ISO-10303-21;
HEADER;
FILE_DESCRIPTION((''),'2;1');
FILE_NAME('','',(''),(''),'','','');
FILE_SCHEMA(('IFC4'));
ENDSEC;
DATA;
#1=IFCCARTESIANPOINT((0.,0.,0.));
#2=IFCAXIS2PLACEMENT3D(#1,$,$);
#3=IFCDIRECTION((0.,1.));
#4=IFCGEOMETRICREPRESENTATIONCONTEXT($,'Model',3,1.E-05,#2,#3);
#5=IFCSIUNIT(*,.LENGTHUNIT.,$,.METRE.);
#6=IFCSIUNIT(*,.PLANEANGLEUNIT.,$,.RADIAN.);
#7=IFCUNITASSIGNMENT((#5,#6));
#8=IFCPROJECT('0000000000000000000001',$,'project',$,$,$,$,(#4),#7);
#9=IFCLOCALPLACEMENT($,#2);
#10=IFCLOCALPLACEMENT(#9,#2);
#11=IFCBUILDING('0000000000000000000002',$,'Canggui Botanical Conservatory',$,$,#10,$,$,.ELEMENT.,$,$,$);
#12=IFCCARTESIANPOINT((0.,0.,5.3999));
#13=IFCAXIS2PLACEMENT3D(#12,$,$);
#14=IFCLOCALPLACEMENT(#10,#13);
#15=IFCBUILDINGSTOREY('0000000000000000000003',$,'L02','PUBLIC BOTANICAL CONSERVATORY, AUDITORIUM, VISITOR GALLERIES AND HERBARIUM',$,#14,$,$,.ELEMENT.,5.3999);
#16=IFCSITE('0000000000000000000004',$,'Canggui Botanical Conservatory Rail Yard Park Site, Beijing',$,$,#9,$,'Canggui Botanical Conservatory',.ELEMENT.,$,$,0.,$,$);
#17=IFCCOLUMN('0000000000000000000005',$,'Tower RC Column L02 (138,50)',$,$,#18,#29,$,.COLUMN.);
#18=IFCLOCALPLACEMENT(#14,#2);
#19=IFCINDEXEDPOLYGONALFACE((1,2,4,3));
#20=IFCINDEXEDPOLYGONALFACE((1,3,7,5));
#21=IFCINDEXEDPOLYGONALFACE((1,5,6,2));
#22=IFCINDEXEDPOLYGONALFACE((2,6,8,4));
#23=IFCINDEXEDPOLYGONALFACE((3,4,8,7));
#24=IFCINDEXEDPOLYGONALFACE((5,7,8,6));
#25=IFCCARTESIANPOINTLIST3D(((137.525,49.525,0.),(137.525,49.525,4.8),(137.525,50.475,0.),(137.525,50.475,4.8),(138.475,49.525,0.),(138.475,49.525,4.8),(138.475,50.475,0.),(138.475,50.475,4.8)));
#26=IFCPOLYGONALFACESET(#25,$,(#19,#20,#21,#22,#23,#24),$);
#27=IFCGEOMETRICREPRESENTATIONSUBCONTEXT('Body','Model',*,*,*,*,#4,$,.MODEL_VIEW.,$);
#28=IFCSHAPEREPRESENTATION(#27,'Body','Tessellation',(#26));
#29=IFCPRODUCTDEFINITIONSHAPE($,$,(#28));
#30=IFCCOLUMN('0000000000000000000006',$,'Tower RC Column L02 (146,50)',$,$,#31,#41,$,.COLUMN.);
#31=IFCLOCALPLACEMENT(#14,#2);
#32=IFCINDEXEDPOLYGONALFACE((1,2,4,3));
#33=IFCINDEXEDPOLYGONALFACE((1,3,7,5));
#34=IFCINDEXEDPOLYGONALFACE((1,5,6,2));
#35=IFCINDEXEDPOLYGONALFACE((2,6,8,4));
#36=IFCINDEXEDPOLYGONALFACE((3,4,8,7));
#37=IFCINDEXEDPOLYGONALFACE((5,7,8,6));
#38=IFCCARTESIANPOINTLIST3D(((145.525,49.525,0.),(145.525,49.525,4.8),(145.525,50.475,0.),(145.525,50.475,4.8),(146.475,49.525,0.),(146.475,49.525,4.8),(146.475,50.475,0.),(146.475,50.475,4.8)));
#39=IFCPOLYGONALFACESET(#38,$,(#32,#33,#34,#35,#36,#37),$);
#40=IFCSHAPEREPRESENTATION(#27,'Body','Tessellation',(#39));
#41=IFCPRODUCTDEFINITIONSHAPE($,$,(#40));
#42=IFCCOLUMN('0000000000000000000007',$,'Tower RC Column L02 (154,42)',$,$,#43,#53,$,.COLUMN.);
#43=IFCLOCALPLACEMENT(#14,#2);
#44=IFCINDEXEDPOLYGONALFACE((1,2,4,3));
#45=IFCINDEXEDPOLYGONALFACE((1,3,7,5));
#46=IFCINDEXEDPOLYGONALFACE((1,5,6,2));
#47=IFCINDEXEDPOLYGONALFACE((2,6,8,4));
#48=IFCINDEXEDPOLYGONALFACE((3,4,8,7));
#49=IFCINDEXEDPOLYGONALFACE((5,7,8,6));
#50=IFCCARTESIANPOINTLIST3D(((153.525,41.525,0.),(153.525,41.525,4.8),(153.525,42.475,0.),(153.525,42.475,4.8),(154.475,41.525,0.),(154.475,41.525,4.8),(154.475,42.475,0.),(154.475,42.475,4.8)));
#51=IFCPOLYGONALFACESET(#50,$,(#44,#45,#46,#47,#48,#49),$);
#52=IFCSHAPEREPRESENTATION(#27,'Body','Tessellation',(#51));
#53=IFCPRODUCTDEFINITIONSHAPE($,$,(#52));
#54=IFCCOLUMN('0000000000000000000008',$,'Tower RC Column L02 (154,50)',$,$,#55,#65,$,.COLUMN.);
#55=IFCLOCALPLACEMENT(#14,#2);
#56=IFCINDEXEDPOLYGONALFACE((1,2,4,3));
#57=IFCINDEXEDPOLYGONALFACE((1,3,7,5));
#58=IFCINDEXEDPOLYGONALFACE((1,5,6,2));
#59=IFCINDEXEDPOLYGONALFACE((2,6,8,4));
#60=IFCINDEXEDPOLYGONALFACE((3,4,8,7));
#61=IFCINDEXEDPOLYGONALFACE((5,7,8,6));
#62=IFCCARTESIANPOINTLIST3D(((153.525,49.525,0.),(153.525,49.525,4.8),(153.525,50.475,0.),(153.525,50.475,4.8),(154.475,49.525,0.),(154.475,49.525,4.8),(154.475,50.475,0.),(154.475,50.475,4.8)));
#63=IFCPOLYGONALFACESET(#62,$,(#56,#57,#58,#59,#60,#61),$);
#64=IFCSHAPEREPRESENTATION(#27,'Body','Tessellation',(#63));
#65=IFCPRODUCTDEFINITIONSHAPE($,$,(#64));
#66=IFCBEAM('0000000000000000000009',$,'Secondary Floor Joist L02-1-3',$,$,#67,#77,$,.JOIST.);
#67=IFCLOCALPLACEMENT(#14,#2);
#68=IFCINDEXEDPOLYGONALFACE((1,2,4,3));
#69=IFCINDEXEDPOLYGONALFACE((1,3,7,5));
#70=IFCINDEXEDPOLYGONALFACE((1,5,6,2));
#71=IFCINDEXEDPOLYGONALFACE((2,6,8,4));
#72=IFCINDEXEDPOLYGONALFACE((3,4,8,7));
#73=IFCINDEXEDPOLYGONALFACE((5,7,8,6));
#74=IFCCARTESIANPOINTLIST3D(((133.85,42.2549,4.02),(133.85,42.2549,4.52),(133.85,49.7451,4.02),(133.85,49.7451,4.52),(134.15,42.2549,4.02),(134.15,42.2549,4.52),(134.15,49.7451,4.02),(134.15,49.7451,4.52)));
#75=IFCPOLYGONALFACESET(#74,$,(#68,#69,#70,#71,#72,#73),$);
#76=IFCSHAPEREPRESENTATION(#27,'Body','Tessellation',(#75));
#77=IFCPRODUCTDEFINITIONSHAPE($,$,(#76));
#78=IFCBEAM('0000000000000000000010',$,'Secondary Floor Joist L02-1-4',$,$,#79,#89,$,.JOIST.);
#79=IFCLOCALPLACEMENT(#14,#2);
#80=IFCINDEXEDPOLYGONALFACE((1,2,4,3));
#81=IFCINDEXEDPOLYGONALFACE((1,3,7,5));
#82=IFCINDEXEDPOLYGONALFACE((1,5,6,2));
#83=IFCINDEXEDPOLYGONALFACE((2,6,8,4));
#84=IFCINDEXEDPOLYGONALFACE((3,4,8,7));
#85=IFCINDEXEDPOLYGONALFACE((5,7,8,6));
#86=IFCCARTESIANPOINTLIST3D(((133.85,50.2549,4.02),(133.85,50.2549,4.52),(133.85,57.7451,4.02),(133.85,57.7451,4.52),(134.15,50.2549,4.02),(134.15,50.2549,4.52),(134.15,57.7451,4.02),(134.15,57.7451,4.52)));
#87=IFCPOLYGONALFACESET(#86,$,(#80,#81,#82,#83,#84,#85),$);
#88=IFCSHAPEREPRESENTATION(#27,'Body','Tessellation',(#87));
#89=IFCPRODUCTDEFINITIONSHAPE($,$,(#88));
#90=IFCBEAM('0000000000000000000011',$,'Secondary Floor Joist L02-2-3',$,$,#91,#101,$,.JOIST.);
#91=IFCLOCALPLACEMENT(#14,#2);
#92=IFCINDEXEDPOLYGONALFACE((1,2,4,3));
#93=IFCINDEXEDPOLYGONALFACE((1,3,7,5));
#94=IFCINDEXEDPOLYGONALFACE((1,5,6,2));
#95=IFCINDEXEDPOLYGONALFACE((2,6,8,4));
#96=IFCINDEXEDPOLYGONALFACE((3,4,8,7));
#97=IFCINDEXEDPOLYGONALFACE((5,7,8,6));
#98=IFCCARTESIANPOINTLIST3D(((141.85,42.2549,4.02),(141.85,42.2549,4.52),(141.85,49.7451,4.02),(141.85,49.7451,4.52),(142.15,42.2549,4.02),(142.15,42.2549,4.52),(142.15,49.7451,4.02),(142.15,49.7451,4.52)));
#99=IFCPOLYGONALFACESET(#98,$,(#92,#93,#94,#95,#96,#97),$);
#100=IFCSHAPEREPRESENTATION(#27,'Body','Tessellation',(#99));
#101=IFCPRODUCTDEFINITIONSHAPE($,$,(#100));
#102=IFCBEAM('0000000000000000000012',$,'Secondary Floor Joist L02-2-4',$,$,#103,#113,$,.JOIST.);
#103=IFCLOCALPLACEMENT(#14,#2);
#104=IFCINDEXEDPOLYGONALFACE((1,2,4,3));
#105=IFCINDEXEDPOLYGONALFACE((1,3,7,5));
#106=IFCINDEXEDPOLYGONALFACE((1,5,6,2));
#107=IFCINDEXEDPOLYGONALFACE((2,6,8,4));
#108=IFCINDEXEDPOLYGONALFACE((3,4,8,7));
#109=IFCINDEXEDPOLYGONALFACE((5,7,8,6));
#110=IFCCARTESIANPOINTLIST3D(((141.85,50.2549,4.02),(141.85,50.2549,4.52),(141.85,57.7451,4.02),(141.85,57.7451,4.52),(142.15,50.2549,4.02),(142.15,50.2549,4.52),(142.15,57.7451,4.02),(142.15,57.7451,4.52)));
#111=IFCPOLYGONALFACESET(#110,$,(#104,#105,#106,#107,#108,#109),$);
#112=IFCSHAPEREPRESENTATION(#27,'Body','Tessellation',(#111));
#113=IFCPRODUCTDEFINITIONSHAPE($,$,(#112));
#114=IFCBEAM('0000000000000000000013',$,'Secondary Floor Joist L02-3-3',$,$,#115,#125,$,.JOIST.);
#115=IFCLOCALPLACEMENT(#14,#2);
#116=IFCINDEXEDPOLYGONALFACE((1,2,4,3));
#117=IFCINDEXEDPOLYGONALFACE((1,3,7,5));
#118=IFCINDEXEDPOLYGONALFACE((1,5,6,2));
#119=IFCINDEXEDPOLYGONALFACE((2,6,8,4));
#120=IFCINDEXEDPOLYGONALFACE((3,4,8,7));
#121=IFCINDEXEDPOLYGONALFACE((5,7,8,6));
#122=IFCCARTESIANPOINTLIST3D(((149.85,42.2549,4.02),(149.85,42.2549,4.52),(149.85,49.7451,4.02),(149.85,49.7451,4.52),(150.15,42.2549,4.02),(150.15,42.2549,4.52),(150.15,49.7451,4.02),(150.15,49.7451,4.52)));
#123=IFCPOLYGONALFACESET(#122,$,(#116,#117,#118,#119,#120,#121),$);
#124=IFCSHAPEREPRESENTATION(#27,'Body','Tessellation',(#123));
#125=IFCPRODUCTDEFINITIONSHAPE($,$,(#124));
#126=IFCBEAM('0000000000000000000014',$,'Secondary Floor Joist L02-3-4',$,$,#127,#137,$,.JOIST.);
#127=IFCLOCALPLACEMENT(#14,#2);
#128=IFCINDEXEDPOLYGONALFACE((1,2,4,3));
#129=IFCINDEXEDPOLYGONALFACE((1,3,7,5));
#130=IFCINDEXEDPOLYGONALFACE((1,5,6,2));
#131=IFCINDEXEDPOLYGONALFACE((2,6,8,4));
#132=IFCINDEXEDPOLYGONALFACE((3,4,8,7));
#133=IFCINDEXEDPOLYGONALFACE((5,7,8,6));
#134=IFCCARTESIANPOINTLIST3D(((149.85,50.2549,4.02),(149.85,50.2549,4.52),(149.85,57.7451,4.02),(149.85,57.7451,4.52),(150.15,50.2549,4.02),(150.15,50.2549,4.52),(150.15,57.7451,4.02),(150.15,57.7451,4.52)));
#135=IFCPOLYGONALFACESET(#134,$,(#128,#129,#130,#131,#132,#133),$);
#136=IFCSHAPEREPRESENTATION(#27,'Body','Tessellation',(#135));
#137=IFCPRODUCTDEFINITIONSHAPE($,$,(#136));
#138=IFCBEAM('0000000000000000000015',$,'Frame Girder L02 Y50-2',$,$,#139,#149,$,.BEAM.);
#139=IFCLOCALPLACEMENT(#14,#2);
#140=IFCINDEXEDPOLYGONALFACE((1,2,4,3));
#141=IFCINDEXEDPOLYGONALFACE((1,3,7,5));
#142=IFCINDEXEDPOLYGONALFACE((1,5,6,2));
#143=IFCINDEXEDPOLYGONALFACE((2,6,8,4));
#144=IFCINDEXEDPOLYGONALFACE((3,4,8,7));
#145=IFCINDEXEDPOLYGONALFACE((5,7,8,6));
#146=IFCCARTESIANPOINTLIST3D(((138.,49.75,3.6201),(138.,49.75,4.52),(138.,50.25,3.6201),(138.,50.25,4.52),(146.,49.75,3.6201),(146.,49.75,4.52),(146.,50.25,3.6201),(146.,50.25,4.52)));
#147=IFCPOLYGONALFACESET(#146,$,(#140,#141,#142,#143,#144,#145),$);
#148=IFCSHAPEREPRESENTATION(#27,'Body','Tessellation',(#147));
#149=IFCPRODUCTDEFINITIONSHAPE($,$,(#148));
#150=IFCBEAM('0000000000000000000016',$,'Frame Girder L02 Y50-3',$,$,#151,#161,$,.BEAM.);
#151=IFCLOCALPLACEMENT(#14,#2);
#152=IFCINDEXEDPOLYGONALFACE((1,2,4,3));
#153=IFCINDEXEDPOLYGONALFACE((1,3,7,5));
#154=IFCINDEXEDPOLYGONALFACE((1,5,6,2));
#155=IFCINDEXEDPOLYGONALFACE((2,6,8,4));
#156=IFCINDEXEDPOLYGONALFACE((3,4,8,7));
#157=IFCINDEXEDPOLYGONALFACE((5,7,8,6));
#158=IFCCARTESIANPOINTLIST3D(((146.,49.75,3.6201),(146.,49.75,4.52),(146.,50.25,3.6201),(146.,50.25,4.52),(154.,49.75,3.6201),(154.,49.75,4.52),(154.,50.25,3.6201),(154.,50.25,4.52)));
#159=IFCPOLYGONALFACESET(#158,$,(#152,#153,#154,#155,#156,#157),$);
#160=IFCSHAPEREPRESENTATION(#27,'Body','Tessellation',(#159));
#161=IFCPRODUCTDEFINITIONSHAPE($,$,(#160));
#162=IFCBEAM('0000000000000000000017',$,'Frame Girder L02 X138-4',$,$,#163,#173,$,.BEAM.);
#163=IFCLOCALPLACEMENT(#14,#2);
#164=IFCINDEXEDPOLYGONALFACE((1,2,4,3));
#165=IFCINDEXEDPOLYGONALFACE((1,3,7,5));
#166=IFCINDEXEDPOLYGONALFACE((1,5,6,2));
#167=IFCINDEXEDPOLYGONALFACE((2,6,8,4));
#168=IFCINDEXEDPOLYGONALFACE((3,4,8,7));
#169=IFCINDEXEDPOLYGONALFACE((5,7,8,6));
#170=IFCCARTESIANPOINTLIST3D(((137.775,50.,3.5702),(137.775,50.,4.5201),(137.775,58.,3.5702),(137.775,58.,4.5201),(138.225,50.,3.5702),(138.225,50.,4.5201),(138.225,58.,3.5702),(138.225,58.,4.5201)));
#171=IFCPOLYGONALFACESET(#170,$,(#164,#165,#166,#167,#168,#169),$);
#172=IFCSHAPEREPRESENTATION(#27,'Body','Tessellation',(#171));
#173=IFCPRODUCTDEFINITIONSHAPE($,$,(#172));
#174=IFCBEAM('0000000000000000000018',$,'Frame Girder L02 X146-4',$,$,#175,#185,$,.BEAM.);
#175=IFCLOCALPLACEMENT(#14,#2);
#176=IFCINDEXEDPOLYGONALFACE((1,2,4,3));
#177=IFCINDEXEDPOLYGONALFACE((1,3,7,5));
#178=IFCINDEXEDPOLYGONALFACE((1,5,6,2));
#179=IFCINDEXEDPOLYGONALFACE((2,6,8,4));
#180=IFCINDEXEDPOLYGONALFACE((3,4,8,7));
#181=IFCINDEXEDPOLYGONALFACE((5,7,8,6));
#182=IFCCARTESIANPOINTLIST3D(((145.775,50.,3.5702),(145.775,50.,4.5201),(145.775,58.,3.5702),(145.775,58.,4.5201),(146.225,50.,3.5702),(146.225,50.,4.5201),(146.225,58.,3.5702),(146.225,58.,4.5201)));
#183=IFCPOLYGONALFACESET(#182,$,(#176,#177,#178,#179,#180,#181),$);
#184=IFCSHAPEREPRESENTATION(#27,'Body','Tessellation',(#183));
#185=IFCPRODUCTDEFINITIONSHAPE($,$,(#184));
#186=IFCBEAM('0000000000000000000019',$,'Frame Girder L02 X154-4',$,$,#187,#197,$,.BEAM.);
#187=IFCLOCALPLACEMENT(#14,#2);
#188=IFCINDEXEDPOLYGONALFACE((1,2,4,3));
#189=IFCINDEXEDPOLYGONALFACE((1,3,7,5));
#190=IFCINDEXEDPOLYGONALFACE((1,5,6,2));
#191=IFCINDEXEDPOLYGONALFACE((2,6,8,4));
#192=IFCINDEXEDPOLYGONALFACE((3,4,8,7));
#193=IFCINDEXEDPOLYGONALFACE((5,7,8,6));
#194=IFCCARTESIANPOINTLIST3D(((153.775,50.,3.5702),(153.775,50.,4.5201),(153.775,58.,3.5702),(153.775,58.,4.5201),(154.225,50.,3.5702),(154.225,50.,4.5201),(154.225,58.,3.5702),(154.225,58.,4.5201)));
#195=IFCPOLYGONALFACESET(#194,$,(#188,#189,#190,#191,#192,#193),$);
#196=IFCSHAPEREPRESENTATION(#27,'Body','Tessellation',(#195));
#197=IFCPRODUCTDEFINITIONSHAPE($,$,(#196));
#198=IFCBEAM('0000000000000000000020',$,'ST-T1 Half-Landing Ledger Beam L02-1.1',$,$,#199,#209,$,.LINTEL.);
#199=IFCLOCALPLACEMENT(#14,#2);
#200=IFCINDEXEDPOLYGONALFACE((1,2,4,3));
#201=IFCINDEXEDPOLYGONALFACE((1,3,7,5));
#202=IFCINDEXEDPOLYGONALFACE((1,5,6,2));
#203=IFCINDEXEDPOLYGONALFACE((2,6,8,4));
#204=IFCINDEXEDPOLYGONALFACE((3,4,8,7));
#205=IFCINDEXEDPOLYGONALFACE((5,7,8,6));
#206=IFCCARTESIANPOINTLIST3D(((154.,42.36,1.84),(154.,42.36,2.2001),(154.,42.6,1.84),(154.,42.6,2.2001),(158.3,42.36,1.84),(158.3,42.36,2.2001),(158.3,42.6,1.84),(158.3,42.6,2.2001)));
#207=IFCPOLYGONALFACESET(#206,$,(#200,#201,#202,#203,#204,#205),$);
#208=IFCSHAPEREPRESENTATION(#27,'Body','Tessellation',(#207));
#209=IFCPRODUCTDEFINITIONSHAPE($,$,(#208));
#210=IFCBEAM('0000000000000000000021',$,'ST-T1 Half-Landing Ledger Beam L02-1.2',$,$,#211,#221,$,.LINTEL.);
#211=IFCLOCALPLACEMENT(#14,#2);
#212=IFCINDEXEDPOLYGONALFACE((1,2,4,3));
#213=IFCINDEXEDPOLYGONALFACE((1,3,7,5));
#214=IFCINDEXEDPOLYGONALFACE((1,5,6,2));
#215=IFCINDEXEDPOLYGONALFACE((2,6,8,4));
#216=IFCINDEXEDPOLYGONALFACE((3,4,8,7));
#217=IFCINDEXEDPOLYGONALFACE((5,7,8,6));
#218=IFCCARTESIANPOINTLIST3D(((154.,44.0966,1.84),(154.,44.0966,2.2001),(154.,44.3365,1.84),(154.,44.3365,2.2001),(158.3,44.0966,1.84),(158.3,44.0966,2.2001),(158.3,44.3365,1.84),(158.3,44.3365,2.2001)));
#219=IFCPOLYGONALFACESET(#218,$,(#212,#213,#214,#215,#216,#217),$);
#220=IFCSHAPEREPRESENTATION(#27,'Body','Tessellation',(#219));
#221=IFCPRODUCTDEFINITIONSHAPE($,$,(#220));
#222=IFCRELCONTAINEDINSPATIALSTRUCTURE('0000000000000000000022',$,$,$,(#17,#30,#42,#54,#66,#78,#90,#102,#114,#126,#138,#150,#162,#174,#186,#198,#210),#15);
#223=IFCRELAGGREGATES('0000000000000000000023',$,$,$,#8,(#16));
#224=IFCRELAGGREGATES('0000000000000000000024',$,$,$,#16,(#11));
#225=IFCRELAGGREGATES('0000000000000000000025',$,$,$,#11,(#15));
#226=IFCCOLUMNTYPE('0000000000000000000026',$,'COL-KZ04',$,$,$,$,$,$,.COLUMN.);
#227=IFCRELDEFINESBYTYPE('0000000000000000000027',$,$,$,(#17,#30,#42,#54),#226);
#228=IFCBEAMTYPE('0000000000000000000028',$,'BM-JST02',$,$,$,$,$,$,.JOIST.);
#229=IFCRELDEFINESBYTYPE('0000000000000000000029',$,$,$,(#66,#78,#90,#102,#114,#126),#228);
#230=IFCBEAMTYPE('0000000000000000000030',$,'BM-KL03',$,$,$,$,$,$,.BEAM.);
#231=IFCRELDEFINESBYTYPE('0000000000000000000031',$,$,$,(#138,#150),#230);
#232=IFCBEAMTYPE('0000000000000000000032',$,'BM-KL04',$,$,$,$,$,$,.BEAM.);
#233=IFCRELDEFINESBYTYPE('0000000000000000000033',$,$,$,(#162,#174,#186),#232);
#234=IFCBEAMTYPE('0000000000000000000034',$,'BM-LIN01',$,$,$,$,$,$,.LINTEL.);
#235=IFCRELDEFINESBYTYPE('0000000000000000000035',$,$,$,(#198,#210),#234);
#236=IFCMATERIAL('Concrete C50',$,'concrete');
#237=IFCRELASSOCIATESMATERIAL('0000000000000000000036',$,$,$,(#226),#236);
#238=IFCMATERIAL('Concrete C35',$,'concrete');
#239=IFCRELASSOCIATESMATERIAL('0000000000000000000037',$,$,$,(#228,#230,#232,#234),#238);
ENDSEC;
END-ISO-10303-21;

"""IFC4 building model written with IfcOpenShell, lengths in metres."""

from ifc_helpers import new_model, si_unit, direction, frame, origin, origin_2d, place, context, subcontext, project, spatial, rectangle, extrude, material, material_profile, profile_set, type_object, element, save


model = new_model("IFC4")

# Units and contexts
model_context = context("Model", 3, precision=1e-05, world=origin(), true_north=direction((0.0, 1.0)))
body_context = subcontext(model_context, "Body", "Model", "MODEL_VIEW")
ifc_project = project(units=[si_unit("LENGTHUNIT", "METRE"), si_unit("PLANEANGLEUNIT", "RADIAN")], contexts=[model_context])

# Site, building, storey
site_placement = place(None, origin())
site = spatial("IfcSite", under=ifc_project, at=site_placement, Name="Canggui Botanical Conservatory Rail Yard Park Site, Beijing", LongName="Canggui Botanical Conservatory", CompositionType="ELEMENT", RefElevation=0.0)
building_placement = place(site_placement, origin())
building = spatial("IfcBuilding", under=site, at=building_placement, Name="Canggui Botanical Conservatory", CompositionType="ELEMENT")
storey_placement = place(building_placement, frame((0.0, 0.0, 5.3999)))
storey = spatial("IfcBuildingStorey", under=building, at=storey_placement, Name="L02", Description="PUBLIC BOTANICAL CONSERVATORY, AUDITORIUM, VISITOR GALLERIES AND HERBARIUM", CompositionType="ELEMENT", Elevation=5.3999)

# Columns
ifc_material_1 = material(Name="Concrete C50", Category="concrete")
ifc_material_profile_1 = material_profile(ifc_material_1, rectangle(XDim=0.95, YDim=0.95, at=origin_2d()), Name="RC 950x950")
ifc_profile_set_1 = profile_set([ifc_material_profile_1], Name="Concrete C50")
column_type = type_object("IfcColumnType", Name="COL-KZ04", PredefinedType="COLUMN", material=ifc_profile_set_1)
for number, where, z_axis, x_axis, name in (
    (1, (138.0, 50.0, 0.0), (0.0, 0.0, 1.0), (1.0, 0.0, 0.0), "Tower RC Column L02 (138,50)"),
    (2, (146.0, 50.0, 0.0), (0.0, 0.0, 1.0), (1.0, 0.0, 0.0), "Tower RC Column L02 (146,50)"),
    (3, (154.0, 42.0, 0.0), (0.0, 0.0, 1.0), (1.0, 0.0, 0.0), "Tower RC Column L02 (154,42)"),
    (4, (154.0, 50.0, 0.0), (0.0, 0.0, 1.0), (1.0, 0.0, 0.0), "Tower RC Column L02 (154,50)"),
):
    element("IfcColumn", number, at=place(storey_placement, frame(where, z_axis=z_axis, x_axis=x_axis)), inside=storey, type_object=column_type, Name=name, PredefinedType="COLUMN", context=body_context, shape_type="SweptSolid", body=[
        extrude(rectangle(XDim=0.95, YDim=0.95, at=origin_2d()), origin(), (0.0, 0.0, 1.0), 4.8),
    ])

# Beams
ifc_material_2 = material(Name="Concrete C35", Category="concrete")
ifc_material_profile_2 = material_profile(ifc_material_2, rectangle(XDim=0.3, YDim=0.5, at=origin_2d()), Name="RB 300x500")
ifc_profile_set_2 = profile_set([ifc_material_profile_2], Name="Concrete C35")
beam_type_1 = type_object("IfcBeamType", Name="BM-JST02", PredefinedType="JOIST", material=ifc_profile_set_2)
for number, where, z_axis, x_axis, name in (
    (5, (134.0, 42.2549, 4.27), (0.0, 1.0, 0.0), (-1.0, 0.0, 0.0), "Secondary Floor Joist L02-1-3"),
    (6, (134.0, 50.2549, 4.27), (0.0, 1.0, 0.0), (-1.0, 0.0, 0.0), "Secondary Floor Joist L02-1-4"),
    (7, (142.0, 42.2549, 4.27), (0.0, 1.0, 0.0), (-1.0, 0.0, 0.0), "Secondary Floor Joist L02-2-3"),
    (8, (142.0, 50.2549, 4.27), (0.0, 1.0, 0.0), (-1.0, 0.0, 0.0), "Secondary Floor Joist L02-2-4"),
    (9, (150.0, 42.2549, 4.27), (0.0, 1.0, 0.0), (-1.0, 0.0, 0.0), "Secondary Floor Joist L02-3-3"),
    (10, (150.0, 50.2549, 4.27), (0.0, 1.0, 0.0), (-1.0, 0.0, 0.0), "Secondary Floor Joist L02-3-4"),
):
    element("IfcBeam", number, at=place(storey_placement, frame(where, z_axis=z_axis, x_axis=x_axis)), inside=storey, type_object=beam_type_1, Name=name, PredefinedType="JOIST", context=body_context, shape_type="SweptSolid", body=[
        extrude(rectangle(XDim=0.3, YDim=0.5, at=origin_2d()), origin(), (0.0, 0.0, 1.0), 7.4902),
    ])
ifc_material_profile_3 = material_profile(ifc_material_2, rectangle(XDim=0.5, YDim=0.8999, at=origin_2d()), Name="RB 500x900")
ifc_profile_set_3 = profile_set([ifc_material_profile_3], Name="Concrete C35")
beam_type_2 = type_object("IfcBeamType", Name="BM-KL03", PredefinedType="BEAM", material=ifc_profile_set_3)
for number, where, z_axis, x_axis, name in (
    (11, (138.0, 50.0, 4.0701), (1.0, 0.0, 0.0), (0.0, 1.0, 0.0), "Frame Girder L02 Y50-2"),
    (12, (146.0, 50.0, 4.0701), (1.0, 0.0, 0.0), (0.0, 1.0, 0.0), "Frame Girder L02 Y50-3"),
):
    element("IfcBeam", number, at=place(storey_placement, frame(where, z_axis=z_axis, x_axis=x_axis)), inside=storey, type_object=beam_type_2, Name=name, PredefinedType="BEAM", context=body_context, shape_type="SweptSolid", body=[
        extrude(rectangle(XDim=0.5, YDim=0.8999, at=origin_2d()), origin(), (0.0, 0.0, 1.0), 8.0),
    ])
ifc_material_profile_4 = material_profile(ifc_material_2, rectangle(XDim=0.45, YDim=0.95, at=origin_2d()), Name="RB 450x950")
ifc_profile_set_4 = profile_set([ifc_material_profile_4], Name="Concrete C35")
beam_type_3 = type_object("IfcBeamType", Name="BM-KL04", PredefinedType="BEAM", material=ifc_profile_set_4)
for number, where, z_axis, x_axis, name in (
    (13, (138.0, 50.0, 4.0452), (0.0, 1.0, 0.0), (-1.0, 0.0, 0.0), "Frame Girder L02 X138-4"),
    (14, (146.0, 50.0, 4.0452), (0.0, 1.0, 0.0), (-1.0, 0.0, 0.0), "Frame Girder L02 X146-4"),
    (15, (154.0, 50.0, 4.0452), (0.0, 1.0, 0.0), (-1.0, 0.0, 0.0), "Frame Girder L02 X154-4"),
):
    element("IfcBeam", number, at=place(storey_placement, frame(where, z_axis=z_axis, x_axis=x_axis)), inside=storey, type_object=beam_type_3, Name=name, PredefinedType="BEAM", context=body_context, shape_type="SweptSolid", body=[
        extrude(rectangle(XDim=0.45, YDim=0.95, at=origin_2d()), origin(), (0.0, 0.0, 1.0), 8.0),
    ])
ifc_material_profile_5 = material_profile(ifc_material_2, rectangle(XDim=0.24, YDim=0.3601, at=origin_2d()), Name="RB 240x360")
ifc_profile_set_5 = profile_set([ifc_material_profile_5], Name="Concrete C35")
beam_type_4 = type_object("IfcBeamType", Name="BM-LIN01", PredefinedType="LINTEL", material=ifc_profile_set_5)
for number, where, z_axis, x_axis, name in (
    (16, (154.0, 42.48, 2.02), (1.0, 0.0, 0.0), (0.0, 1.0, 0.0), "ST-T1 Half-Landing Ledger Beam L02-1.1"),
    (17, (154.0, 44.2166, 2.02), (1.0, 0.0, 0.0), (0.0, 1.0, 0.0), "ST-T1 Half-Landing Ledger Beam L02-1.2"),
):
    element("IfcBeam", number, at=place(storey_placement, frame(where, z_axis=z_axis, x_axis=x_axis)), inside=storey, type_object=beam_type_4, Name=name, PredefinedType="LINTEL", context=body_context, shape_type="SweptSolid", body=[
        extrude(rectangle(XDim=0.24, YDim=0.3601, at=origin_2d()), origin(), (0.0, 0.0, 1.0), 4.3),
    ])

save(model, "model.ifc")
